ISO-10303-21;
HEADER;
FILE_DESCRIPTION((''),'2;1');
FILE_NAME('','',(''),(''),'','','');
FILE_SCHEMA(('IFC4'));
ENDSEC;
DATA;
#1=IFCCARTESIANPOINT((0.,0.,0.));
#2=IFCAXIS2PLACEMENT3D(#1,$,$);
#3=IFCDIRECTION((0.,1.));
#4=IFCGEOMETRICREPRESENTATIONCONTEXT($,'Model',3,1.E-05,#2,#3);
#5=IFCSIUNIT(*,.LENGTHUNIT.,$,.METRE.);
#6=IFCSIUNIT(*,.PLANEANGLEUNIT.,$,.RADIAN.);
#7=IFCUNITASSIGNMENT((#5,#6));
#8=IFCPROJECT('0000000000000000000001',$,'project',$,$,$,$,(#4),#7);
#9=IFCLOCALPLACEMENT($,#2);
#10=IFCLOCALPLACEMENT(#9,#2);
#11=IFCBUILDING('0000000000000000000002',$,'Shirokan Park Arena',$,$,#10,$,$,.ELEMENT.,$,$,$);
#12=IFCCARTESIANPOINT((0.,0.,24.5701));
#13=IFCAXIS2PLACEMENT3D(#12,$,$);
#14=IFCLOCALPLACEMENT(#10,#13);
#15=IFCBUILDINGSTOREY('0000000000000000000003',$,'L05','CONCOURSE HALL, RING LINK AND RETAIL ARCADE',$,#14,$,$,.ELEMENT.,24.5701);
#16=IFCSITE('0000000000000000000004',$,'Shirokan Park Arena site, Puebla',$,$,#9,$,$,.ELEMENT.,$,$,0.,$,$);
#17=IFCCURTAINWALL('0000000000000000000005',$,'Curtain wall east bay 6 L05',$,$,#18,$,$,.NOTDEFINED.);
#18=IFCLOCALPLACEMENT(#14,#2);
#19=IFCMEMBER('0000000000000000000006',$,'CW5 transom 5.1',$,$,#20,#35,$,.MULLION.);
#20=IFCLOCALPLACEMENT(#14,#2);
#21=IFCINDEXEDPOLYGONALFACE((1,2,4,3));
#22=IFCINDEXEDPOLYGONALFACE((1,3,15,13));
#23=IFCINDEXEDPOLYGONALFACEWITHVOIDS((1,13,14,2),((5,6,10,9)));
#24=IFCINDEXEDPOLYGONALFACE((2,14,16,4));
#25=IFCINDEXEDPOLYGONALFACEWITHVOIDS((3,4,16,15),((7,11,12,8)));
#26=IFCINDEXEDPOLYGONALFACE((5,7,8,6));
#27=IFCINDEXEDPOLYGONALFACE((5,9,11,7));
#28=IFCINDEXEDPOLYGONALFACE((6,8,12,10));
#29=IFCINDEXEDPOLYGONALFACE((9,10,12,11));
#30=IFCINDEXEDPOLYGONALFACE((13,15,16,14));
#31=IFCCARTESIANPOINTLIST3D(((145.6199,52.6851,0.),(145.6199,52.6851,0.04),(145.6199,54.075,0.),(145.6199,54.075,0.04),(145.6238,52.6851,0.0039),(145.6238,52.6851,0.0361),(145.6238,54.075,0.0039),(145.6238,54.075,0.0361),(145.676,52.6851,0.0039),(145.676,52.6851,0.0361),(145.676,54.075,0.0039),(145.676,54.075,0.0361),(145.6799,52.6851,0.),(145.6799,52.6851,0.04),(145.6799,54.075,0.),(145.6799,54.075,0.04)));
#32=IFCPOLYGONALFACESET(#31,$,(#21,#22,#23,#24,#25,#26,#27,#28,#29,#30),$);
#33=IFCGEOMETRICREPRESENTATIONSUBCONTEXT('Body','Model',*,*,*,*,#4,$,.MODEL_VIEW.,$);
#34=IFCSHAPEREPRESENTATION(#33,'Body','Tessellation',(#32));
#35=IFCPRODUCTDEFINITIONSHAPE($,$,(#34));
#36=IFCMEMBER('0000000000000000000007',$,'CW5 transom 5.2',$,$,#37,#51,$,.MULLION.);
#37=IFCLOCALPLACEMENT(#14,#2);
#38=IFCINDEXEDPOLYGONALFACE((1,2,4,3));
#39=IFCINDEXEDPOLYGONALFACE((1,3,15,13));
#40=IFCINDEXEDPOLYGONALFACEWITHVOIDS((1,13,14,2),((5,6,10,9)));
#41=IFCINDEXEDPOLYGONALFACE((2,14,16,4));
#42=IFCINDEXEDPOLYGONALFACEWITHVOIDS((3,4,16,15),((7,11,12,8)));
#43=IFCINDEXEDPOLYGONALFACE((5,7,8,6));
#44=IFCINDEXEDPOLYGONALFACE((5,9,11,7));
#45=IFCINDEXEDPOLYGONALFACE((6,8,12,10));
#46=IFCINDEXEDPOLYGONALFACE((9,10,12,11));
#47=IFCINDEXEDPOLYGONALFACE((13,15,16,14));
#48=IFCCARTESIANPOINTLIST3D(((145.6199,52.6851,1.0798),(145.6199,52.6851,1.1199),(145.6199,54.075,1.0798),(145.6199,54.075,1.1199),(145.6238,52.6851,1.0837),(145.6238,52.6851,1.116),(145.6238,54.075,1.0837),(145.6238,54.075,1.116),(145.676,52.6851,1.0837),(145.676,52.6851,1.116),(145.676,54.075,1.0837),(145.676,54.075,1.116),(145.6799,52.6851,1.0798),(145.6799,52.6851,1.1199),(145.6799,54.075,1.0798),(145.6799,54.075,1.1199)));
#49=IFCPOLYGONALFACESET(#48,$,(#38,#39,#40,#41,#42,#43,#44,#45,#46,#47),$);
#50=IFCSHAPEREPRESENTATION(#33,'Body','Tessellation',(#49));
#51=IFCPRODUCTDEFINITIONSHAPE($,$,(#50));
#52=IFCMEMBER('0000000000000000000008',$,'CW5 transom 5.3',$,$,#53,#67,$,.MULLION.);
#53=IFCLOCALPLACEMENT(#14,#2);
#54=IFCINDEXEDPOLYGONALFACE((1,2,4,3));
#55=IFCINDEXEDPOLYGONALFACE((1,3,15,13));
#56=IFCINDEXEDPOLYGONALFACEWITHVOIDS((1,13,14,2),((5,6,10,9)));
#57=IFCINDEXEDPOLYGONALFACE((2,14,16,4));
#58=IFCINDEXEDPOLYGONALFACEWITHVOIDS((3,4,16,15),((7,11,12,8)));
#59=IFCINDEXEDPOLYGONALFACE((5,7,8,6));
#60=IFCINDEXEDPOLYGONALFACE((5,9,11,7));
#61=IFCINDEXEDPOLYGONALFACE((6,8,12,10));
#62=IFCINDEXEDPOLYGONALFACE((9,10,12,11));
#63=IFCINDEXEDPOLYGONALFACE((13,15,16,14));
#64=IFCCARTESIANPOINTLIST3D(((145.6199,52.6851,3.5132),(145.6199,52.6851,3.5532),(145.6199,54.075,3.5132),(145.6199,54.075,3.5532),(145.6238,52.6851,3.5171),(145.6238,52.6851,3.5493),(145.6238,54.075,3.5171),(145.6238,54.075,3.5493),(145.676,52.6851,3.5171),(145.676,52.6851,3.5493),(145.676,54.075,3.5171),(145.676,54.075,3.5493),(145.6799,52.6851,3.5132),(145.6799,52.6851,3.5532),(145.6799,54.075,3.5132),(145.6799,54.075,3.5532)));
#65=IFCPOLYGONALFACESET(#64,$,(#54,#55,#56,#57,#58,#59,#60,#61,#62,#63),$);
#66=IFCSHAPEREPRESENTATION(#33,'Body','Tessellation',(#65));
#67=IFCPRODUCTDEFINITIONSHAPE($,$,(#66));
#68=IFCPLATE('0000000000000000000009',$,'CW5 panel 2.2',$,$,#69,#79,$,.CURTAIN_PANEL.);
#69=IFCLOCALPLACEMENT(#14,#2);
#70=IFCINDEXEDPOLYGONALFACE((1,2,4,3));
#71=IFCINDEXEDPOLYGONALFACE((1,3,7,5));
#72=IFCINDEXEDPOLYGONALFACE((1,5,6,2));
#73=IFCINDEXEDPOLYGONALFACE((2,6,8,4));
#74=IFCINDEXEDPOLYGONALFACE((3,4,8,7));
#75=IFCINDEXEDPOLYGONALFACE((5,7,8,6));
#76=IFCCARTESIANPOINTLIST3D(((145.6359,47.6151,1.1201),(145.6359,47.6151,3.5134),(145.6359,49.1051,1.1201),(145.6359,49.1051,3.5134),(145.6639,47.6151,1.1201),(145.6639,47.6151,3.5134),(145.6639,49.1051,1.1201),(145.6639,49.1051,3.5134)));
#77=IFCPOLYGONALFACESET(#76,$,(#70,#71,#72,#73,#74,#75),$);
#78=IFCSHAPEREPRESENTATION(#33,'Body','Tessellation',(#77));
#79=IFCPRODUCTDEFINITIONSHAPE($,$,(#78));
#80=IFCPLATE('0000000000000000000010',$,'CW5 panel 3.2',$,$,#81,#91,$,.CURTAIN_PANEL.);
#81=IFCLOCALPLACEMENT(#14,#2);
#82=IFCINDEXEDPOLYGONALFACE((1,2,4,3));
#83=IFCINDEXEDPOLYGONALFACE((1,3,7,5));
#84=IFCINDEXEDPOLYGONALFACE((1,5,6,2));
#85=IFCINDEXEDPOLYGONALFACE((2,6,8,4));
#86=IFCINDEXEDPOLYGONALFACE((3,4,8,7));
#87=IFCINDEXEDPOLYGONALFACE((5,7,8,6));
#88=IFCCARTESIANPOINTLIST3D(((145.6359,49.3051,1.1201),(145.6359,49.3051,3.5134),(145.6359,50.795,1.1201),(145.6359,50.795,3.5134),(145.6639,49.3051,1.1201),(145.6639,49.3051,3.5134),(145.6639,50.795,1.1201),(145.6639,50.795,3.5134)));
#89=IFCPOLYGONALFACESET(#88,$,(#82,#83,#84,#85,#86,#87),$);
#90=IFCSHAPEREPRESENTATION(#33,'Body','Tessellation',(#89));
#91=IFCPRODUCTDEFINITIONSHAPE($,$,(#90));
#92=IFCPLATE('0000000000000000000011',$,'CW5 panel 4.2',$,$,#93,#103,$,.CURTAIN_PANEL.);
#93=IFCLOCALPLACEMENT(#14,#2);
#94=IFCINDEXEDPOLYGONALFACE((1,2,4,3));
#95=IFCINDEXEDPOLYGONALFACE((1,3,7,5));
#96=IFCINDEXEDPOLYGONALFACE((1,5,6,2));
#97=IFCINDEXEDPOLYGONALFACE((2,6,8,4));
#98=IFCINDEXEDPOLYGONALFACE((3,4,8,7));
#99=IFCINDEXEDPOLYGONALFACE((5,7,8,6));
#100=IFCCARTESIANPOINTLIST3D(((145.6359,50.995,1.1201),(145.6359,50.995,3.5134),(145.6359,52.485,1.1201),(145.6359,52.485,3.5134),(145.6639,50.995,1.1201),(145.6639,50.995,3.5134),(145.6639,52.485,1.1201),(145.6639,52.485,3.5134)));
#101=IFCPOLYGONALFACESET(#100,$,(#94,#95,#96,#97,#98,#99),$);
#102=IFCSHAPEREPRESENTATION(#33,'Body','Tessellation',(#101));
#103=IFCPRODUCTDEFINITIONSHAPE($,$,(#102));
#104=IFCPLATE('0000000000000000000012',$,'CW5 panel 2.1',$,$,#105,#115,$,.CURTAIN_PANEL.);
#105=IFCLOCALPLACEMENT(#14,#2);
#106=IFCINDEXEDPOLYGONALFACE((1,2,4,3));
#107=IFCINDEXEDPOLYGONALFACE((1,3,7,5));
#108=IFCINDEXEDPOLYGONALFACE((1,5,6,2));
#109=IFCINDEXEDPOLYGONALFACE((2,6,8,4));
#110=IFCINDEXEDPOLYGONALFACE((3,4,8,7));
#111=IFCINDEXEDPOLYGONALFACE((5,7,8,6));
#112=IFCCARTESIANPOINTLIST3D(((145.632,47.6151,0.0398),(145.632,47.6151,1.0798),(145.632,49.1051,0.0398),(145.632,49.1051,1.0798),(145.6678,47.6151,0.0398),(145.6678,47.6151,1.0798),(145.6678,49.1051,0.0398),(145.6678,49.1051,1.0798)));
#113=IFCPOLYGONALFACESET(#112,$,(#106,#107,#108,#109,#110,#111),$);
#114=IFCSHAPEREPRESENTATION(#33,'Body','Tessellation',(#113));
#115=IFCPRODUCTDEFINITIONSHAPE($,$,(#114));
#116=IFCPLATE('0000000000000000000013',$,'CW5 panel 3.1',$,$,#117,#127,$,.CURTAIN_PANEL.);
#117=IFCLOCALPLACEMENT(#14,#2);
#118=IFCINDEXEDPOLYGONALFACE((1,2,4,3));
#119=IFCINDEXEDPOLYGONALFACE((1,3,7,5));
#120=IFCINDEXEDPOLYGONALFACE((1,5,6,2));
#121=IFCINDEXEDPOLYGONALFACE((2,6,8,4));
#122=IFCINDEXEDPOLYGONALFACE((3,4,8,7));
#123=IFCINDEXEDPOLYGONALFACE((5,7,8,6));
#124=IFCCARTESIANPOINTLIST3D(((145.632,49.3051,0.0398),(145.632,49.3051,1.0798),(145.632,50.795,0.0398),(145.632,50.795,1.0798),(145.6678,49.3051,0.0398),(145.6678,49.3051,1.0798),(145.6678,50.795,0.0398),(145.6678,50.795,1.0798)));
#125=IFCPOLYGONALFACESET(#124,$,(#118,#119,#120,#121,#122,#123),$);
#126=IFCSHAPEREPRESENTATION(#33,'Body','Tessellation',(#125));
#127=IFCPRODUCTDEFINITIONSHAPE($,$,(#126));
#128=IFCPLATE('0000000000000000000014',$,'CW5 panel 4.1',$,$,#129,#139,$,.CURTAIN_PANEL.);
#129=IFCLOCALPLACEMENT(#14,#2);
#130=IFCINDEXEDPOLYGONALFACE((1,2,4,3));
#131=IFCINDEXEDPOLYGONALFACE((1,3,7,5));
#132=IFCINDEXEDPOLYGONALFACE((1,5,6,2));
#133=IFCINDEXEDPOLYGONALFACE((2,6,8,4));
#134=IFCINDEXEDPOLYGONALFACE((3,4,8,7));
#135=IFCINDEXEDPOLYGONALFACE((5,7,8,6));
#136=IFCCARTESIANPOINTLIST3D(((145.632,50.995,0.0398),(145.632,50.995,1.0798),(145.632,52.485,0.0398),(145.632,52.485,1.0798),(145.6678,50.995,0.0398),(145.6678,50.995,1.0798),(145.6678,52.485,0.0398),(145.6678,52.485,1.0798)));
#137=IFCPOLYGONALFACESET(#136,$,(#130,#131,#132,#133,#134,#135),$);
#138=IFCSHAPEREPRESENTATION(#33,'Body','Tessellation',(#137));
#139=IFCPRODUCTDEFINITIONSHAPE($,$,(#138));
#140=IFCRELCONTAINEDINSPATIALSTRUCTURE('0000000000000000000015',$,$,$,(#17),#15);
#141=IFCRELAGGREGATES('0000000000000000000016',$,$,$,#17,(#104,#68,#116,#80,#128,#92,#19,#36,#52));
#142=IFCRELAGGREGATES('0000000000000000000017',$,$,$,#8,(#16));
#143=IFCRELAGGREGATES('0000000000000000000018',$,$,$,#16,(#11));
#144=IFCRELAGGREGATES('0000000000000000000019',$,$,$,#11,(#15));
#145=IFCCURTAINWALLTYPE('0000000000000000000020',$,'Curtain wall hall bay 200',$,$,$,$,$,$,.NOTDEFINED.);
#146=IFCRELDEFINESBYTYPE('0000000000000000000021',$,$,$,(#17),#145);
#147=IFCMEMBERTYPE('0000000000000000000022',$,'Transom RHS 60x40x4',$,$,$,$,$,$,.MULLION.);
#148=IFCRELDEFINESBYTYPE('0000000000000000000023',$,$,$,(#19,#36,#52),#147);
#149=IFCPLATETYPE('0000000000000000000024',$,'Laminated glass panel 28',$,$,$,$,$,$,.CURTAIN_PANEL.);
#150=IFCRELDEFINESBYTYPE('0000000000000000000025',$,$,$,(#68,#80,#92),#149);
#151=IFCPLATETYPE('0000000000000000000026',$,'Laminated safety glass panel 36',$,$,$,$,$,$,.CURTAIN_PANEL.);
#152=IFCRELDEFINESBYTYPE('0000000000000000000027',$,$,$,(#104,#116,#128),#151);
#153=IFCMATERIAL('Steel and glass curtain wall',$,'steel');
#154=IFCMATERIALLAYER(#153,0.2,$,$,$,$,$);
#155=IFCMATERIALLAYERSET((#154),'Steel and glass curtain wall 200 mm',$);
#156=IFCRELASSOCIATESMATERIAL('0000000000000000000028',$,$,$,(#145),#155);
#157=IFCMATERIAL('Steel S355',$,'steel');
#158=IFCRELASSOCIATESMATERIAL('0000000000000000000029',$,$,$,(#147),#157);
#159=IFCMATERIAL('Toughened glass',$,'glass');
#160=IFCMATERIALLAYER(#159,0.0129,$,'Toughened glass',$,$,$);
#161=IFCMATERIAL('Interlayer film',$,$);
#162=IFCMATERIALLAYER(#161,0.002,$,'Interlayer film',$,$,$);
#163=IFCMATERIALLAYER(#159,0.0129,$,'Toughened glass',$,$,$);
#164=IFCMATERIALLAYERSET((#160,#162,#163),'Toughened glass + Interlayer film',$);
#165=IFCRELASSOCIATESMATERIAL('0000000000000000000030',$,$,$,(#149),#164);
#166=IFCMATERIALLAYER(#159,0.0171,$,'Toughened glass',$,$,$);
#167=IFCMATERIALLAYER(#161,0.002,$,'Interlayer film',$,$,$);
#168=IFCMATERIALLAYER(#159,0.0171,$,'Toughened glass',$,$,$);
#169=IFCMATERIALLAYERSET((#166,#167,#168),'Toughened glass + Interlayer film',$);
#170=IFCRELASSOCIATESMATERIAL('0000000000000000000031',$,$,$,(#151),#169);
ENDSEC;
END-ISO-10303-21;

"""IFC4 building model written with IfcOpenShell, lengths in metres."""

from ifc_helpers import new_model, si_unit, direction, frame, origin, origin_2d, place, context, subcontext, project, spatial, rectangle, hollow_rectangle, extrude, material, layer, layer_set, material_profile, profile_set, type_object, element, aggregate, save


model = new_model("IFC4")

# Units and contexts
model_context = context("Model", 3, precision=1e-05, world=origin(), true_north=direction((0.0, 1.0)))
body_context = subcontext(model_context, "Body", "Model", "MODEL_VIEW")
ifc_project = project(units=[si_unit("LENGTHUNIT", "METRE"), si_unit("PLANEANGLEUNIT", "RADIAN")], contexts=[model_context])

# Site, building, storey
site_placement = place(None, origin())
site = spatial("IfcSite", under=ifc_project, at=site_placement, Name="Shirokan Park Arena site, Puebla", CompositionType="ELEMENT", RefElevation=0.0)
building_placement = place(site_placement, origin())
building = spatial("IfcBuilding", under=site, at=building_placement, Name="Shirokan Park Arena", CompositionType="ELEMENT")
storey_placement = place(building_placement, frame((0.0, 0.0, 24.5701)))
storey = spatial("IfcBuildingStorey", under=building, at=storey_placement, Name="L05", Description="CONCOURSE HALL, RING LINK AND RETAIL ARCADE", CompositionType="ELEMENT", Elevation=24.5701)

# Curtain wall, members, plates
ifc_material_1 = material(Name="Steel and glass curtain wall", Category="steel")
ifc_layer_1 = layer(ifc_material_1, 0.2)
ifc_layer_set_1 = layer_set([ifc_layer_1], Name="Steel and glass curtain wall 200 mm")
curtain_wall_type = type_object("IfcCurtainWallType", Name="Curtain wall hall bay 200", PredefinedType="NOTDEFINED", material=ifc_layer_set_1)
curtain_wall_placement = place(storey_placement, origin())
curtain_wall = element("IfcCurtainWall", 1, at=curtain_wall_placement, inside=storey, type_object=curtain_wall_type, Name="Curtain wall east bay 6 L05", PredefinedType="NOTDEFINED")
ifc_material_2 = material(Name="Steel S355", Category="steel")
ifc_material_profile_1 = material_profile(ifc_material_2, hollow_rectangle(XDim=0.0601, YDim=0.04, WallThickness=0.0039, at=origin_2d()), Name="RHS 60x40x4")
ifc_profile_set_1 = profile_set([ifc_material_profile_1], Name="Steel S355")
member_type_1 = type_object("IfcMemberType", Name="Transom RHS 60x40x4", PredefinedType="MULLION", material=ifc_profile_set_1)
member_1_placement = place(storey_placement, frame((145.6499, 52.6851, 0.02), z_axis=(0.0, 1.0, 0.0), x_axis=(-1.0, 0.0, 0.0)))
member_1 = element("IfcMember", 2, at=member_1_placement, type_object=member_type_1, Name="CW5 transom 5.1", PredefinedType="MULLION", context=body_context, shape_type="SweptSolid", body=[
    extrude(hollow_rectangle(XDim=0.0601, YDim=0.04, WallThickness=0.0039, at=origin_2d()), origin(), (0.0, 0.0, 1.0), 1.3899),
])
member_2_placement = place(storey_placement, frame((145.6499, 52.6851, 1.0999), z_axis=(0.0, 1.0, 0.0), x_axis=(-1.0, 0.0, 0.0)))
member_2 = element("IfcMember", 3, at=member_2_placement, type_object=member_type_1, Name="CW5 transom 5.2", PredefinedType="MULLION", context=body_context, shape_type="SweptSolid", body=[
    extrude(hollow_rectangle(XDim=0.0601, YDim=0.04, WallThickness=0.0039, at=origin_2d()), origin(), (0.0, 0.0, 1.0), 1.3899),
])
member_3_placement = place(storey_placement, frame((145.6499, 52.6851, 3.5332), z_axis=(0.0, 1.0, 0.0), x_axis=(-1.0, 0.0, 0.0)))
member_3 = element("IfcMember", 4, at=member_3_placement, type_object=member_type_1, Name="CW5 transom 5.3", PredefinedType="MULLION", context=body_context, shape_type="SweptSolid", body=[
    extrude(hollow_rectangle(XDim=0.0601, YDim=0.04, WallThickness=0.0039, at=origin_2d()), origin(), (0.0, 0.0, 1.0), 1.3899),
])
ifc_material_3 = material(Name="Toughened glass", Category="glass")
ifc_layer_2 = layer(ifc_material_3, 0.0129, Name="Toughened glass")
ifc_material_4 = material(Name="Interlayer film")
ifc_layer_3 = layer(ifc_material_4, 0.002, Name="Interlayer film")
ifc_layer_4 = layer(ifc_material_3, 0.0129, Name="Toughened glass")
ifc_layer_set_2 = layer_set([ifc_layer_2, ifc_layer_3, ifc_layer_4], Name="Toughened glass + Interlayer film")
plate_type_1 = type_object("IfcPlateType", Name="Laminated glass panel 28", PredefinedType="CURTAIN_PANEL", material=ifc_layer_set_2)
plate_1_placement = place(storey_placement, frame((145.6499, 48.3601, 1.1201), z_axis=(0.0, 0.0, 1.0), x_axis=(0.0, 1.0, 0.0)))
plate_1 = element("IfcPlate", 5, at=plate_1_placement, type_object=plate_type_1, Name="CW5 panel 2.2", PredefinedType="CURTAIN_PANEL", context=body_context, shape_type="SweptSolid", body=[
    extrude(rectangle(XDim=1.49, YDim=0.0281, at=origin_2d()), origin(), (0.0, 0.0, 1.0), 2.3933),
])
plate_2_placement = place(storey_placement, frame((145.6499, 50.05, 1.1201), z_axis=(0.0, 0.0, 1.0), x_axis=(0.0, 1.0, 0.0)))
plate_2 = element("IfcPlate", 6, at=plate_2_placement, type_object=plate_type_1, Name="CW5 panel 3.2", PredefinedType="CURTAIN_PANEL", context=body_context, shape_type="SweptSolid", body=[
    extrude(rectangle(XDim=1.49, YDim=0.0281, at=origin_2d()), origin(), (0.0, 0.0, 1.0), 2.3933),
])
plate_3_placement = place(storey_placement, frame((145.6499, 51.74, 1.1201), z_axis=(0.0, 0.0, 1.0), x_axis=(0.0, 1.0, 0.0)))
plate_3 = element("IfcPlate", 7, at=plate_3_placement, type_object=plate_type_1, Name="CW5 panel 4.2", PredefinedType="CURTAIN_PANEL", context=body_context, shape_type="SweptSolid", body=[
    extrude(rectangle(XDim=1.49, YDim=0.0281, at=origin_2d()), origin(), (0.0, 0.0, 1.0), 2.3933),
])
ifc_layer_5 = layer(ifc_material_3, 0.0171, Name="Toughened glass")
ifc_layer_6 = layer(ifc_material_4, 0.002, Name="Interlayer film")
ifc_layer_7 = layer(ifc_material_3, 0.0171, Name="Toughened glass")
ifc_layer_set_3 = layer_set([ifc_layer_5, ifc_layer_6, ifc_layer_7], Name="Toughened glass + Interlayer film")
plate_type_2 = type_object("IfcPlateType", Name="Laminated safety glass panel 36", PredefinedType="CURTAIN_PANEL", material=ifc_layer_set_3)
plate_4_placement = place(storey_placement, frame((145.6499, 48.3601, 0.0398), z_axis=(0.0, 0.0, 1.0), x_axis=(0.0, 1.0, 0.0)))
plate_4 = element("IfcPlate", 8, at=plate_4_placement, type_object=plate_type_2, Name="CW5 panel 2.1", PredefinedType="CURTAIN_PANEL", context=body_context, shape_type="SweptSolid", body=[
    extrude(rectangle(XDim=1.49, YDim=0.0359, at=origin_2d()), origin(), (0.0, 0.0, 1.0), 1.04),
])
plate_5_placement = place(storey_placement, frame((145.6499, 50.05, 0.0398), z_axis=(0.0, 0.0, 1.0), x_axis=(0.0, 1.0, 0.0)))
plate_5 = element("IfcPlate", 9, at=plate_5_placement, type_object=plate_type_2, Name="CW5 panel 3.1", PredefinedType="CURTAIN_PANEL", context=body_context, shape_type="SweptSolid", body=[
    extrude(rectangle(XDim=1.49, YDim=0.0359, at=origin_2d()), origin(), (0.0, 0.0, 1.0), 1.04),
])
plate_6_placement = place(storey_placement, frame((145.6499, 51.74, 0.0398), z_axis=(0.0, 0.0, 1.0), x_axis=(0.0, 1.0, 0.0)))
plate_6 = element("IfcPlate", 10, at=plate_6_placement, type_object=plate_type_2, Name="CW5 panel 4.1", PredefinedType="CURTAIN_PANEL", context=body_context, shape_type="SweptSolid", body=[
    extrude(rectangle(XDim=1.49, YDim=0.0359, at=origin_2d()), origin(), (0.0, 0.0, 1.0), 1.04),
])
aggregate(curtain_wall, [plate_4, plate_1, plate_5, plate_2, plate_6, plate_3, member_1, member_2, member_3])

save(model, "model.ifc")
